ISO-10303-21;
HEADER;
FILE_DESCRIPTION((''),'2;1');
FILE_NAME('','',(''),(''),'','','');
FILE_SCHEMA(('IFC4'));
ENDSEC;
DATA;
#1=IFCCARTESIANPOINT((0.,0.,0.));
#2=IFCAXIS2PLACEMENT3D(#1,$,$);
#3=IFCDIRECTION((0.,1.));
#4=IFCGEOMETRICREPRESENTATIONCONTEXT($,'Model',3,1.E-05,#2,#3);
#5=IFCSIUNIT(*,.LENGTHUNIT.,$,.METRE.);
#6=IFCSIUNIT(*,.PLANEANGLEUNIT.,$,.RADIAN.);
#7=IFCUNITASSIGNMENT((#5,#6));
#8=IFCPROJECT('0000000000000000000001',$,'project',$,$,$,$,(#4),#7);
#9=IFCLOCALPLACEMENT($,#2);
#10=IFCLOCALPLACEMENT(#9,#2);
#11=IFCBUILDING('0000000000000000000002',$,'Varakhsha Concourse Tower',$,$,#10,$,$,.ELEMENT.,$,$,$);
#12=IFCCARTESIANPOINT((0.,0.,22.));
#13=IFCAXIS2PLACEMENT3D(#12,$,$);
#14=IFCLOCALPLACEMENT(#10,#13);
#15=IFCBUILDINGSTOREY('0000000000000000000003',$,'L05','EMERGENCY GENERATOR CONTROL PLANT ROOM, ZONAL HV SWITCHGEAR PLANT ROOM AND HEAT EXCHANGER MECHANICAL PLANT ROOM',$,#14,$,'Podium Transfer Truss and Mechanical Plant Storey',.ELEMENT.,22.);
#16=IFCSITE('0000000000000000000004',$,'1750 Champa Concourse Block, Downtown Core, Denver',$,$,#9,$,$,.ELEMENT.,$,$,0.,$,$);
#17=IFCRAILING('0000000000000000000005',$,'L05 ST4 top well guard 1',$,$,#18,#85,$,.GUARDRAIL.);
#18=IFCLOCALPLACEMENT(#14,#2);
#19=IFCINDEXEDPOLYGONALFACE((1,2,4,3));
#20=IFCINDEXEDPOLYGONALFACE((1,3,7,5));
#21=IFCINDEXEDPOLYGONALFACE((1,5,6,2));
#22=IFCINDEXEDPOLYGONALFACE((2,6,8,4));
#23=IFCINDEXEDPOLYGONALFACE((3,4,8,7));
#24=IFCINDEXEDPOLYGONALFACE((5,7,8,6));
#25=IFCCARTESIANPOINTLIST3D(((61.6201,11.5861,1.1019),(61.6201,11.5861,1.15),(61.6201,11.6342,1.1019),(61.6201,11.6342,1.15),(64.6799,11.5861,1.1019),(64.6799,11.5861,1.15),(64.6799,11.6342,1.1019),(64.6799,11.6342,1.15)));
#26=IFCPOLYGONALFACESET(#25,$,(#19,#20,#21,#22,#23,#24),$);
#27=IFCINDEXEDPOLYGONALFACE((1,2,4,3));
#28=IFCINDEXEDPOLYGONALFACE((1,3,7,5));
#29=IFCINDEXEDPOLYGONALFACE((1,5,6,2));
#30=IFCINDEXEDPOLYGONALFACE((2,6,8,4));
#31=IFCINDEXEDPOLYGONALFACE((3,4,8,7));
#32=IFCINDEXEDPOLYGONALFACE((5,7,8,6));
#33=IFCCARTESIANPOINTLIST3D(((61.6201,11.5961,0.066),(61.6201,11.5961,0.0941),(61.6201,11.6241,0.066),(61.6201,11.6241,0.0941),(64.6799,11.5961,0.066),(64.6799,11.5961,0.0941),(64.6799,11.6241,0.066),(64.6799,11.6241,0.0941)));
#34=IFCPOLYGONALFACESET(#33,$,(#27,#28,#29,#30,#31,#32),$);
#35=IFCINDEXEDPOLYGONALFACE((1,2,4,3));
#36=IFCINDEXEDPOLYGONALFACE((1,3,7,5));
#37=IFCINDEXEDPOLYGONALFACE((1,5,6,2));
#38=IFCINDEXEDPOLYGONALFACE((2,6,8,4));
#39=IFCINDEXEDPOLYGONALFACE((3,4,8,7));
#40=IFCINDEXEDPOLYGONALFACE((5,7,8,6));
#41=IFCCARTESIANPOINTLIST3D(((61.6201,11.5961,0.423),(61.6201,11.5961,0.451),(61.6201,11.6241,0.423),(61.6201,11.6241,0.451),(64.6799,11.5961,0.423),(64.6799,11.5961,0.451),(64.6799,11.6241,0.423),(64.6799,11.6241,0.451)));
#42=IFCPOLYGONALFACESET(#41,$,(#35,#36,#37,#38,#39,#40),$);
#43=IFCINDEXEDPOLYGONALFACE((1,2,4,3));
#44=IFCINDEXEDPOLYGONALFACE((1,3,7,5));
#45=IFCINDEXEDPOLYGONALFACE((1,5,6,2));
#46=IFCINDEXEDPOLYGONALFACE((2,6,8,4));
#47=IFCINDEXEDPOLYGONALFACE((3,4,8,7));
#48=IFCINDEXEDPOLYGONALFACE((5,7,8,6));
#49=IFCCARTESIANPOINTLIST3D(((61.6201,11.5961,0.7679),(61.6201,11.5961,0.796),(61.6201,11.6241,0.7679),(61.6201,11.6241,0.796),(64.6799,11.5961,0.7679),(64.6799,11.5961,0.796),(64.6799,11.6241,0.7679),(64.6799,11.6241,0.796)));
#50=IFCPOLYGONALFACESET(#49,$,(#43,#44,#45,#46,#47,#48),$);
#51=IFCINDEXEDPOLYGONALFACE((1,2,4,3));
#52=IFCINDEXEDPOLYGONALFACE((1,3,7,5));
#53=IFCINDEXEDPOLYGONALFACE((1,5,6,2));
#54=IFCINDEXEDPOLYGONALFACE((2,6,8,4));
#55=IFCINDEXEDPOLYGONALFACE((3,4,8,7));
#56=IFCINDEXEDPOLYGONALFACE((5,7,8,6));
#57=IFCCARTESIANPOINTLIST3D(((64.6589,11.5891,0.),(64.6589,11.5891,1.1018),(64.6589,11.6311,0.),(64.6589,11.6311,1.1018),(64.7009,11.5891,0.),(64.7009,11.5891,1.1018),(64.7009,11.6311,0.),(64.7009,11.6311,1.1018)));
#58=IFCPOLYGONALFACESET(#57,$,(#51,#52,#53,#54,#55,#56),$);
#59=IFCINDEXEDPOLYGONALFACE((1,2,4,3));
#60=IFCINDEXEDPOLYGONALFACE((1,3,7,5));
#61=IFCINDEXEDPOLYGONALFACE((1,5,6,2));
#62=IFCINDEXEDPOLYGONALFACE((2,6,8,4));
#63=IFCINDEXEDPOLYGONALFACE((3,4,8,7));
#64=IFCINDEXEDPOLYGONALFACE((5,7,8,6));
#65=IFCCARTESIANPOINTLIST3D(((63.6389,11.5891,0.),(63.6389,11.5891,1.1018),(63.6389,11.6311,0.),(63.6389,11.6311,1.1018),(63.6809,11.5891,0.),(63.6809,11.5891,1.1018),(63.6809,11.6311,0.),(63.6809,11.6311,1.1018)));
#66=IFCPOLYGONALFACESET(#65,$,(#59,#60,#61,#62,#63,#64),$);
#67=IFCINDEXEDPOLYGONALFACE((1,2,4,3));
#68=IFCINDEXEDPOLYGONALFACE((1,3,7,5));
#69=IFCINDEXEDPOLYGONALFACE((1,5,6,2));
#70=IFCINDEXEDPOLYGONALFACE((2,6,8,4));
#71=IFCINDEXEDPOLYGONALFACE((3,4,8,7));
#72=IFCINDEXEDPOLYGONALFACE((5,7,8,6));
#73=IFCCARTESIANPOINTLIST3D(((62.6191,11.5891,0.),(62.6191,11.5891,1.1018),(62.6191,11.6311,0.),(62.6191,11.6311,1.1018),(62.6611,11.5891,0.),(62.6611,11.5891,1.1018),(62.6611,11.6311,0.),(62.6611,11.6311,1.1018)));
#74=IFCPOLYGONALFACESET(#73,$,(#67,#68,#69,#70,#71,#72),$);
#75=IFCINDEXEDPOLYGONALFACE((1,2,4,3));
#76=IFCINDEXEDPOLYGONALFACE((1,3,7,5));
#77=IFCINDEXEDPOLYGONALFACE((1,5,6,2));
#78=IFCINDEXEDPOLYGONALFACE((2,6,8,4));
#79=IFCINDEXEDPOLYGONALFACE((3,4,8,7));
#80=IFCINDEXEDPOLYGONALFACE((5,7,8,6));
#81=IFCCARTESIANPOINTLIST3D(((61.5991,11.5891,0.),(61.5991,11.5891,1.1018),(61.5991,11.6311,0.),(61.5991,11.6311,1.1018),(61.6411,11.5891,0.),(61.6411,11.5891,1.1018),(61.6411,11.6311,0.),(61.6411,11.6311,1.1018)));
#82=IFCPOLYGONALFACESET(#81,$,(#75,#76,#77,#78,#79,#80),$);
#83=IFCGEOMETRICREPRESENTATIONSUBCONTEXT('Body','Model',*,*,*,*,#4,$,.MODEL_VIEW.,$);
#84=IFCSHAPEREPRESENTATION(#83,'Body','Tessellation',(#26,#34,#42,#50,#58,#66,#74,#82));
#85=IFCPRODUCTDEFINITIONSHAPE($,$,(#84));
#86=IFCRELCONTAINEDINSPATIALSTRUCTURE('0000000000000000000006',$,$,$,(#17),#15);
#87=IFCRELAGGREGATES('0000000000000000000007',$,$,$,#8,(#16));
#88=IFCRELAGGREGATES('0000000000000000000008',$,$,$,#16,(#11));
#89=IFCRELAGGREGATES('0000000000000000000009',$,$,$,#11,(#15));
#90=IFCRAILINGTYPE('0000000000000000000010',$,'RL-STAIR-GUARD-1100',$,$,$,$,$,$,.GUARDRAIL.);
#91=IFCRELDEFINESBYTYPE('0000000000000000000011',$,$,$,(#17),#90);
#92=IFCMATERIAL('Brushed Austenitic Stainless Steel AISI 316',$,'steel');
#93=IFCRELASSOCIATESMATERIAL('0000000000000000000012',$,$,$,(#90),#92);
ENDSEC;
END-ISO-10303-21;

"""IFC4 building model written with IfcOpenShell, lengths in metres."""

from ifc_helpers import new_model, si_unit, direction, frame, origin, origin_2d, place, context, subcontext, project, spatial, rectangle, extrude, material, type_object, element, save


model = new_model("IFC4")

# Units and contexts
model_context = context("Model", 3, precision=1e-05, world=origin(), true_north=direction((0.0, 1.0)))
body_context = subcontext(model_context, "Body", "Model", "MODEL_VIEW")
ifc_project = project(units=[si_unit("LENGTHUNIT", "METRE"), si_unit("PLANEANGLEUNIT", "RADIAN")], contexts=[model_context])

# Site, building, storey
site_placement = place(None, origin())
site = spatial("IfcSite", under=ifc_project, at=site_placement, Name="1750 Champa Concourse Block, Downtown Core, Denver", CompositionType="ELEMENT", RefElevation=0.0)
building_placement = place(site_placement, origin())
building = spatial("IfcBuilding", under=site, at=building_placement, Name="Varakhsha Concourse Tower", CompositionType="ELEMENT")
storey_placement = place(building_placement, frame((0.0, 0.0, 22.0)))
storey = spatial("IfcBuildingStorey", under=building, at=storey_placement, Name="L05", Description="EMERGENCY GENERATOR CONTROL PLANT ROOM, ZONAL HV SWITCHGEAR PLANT ROOM AND HEAT EXCHANGER MECHANICAL PLANT ROOM", LongName="Podium Transfer Truss and Mechanical Plant Storey", CompositionType="ELEMENT", Elevation=22.0)

# Railing
ifc_material_1 = material(Name="Brushed Austenitic Stainless Steel AISI 316", Category="steel")
railing_type = type_object("IfcRailingType", Name="RL-STAIR-GUARD-1100", PredefinedType="GUARDRAIL", material=ifc_material_1)
railing_placement = place(storey_placement, frame((64.6799, 11.6101, 0.0)))
element("IfcRailing", 1, at=railing_placement, inside=storey, type_object=railing_type, Name="L05 ST4 top well guard 1", PredefinedType="GUARDRAIL", context=body_context, shape_type="SweptSolid", body=[
    extrude(rectangle(XDim=0.0481, YDim=0.0481, at=origin_2d()), frame((0.0, 0.0, 1.126), z_axis=(-1.0, 0.0, 0.0), x_axis=(0.0, -1.0, 0.0)), (0.0, 0.0, 1.0), 3.0598),
    extrude(rectangle(XDim=0.0281, YDim=0.0281, at=origin_2d()), frame((0.0, 0.0, 0.0801), z_axis=(-1.0, 0.0, 0.0), x_axis=(0.0, -1.0, 0.0)), (0.0, 0.0, 1.0), 3.0598),
    extrude(rectangle(XDim=0.0281, YDim=0.0281, at=origin_2d()), frame((0.0, 0.0, 0.437), z_axis=(-1.0, 0.0, 0.0), x_axis=(0.0, -1.0, 0.0)), (0.0, 0.0, 1.0), 3.0598),
    extrude(rectangle(XDim=0.0281, YDim=0.0281, at=origin_2d()), frame((0.0, 0.0, 0.782), z_axis=(-1.0, 0.0, 0.0), x_axis=(0.0, -1.0, 0.0)), (0.0, 0.0, 1.0), 3.0598),
    extrude(rectangle(XDim=0.042, YDim=0.042, at=origin_2d()), origin(), (0.0, 0.0, 1.0), 1.1018),
    extrude(rectangle(XDim=0.042, YDim=0.042, at=origin_2d()), frame((-1.02, 0.0, 0.0)), (0.0, 0.0, 1.0), 1.1018),
    extrude(rectangle(XDim=0.042, YDim=0.042, at=origin_2d()), frame((-2.0398, 0.0, 0.0)), (0.0, 0.0, 1.0), 1.1018),
    extrude(rectangle(XDim=0.042, YDim=0.042, at=origin_2d()), frame((-3.0598, 0.0, 0.0)), (0.0, 0.0, 1.0), 1.1018),
])

save(model, "model.ifc")
